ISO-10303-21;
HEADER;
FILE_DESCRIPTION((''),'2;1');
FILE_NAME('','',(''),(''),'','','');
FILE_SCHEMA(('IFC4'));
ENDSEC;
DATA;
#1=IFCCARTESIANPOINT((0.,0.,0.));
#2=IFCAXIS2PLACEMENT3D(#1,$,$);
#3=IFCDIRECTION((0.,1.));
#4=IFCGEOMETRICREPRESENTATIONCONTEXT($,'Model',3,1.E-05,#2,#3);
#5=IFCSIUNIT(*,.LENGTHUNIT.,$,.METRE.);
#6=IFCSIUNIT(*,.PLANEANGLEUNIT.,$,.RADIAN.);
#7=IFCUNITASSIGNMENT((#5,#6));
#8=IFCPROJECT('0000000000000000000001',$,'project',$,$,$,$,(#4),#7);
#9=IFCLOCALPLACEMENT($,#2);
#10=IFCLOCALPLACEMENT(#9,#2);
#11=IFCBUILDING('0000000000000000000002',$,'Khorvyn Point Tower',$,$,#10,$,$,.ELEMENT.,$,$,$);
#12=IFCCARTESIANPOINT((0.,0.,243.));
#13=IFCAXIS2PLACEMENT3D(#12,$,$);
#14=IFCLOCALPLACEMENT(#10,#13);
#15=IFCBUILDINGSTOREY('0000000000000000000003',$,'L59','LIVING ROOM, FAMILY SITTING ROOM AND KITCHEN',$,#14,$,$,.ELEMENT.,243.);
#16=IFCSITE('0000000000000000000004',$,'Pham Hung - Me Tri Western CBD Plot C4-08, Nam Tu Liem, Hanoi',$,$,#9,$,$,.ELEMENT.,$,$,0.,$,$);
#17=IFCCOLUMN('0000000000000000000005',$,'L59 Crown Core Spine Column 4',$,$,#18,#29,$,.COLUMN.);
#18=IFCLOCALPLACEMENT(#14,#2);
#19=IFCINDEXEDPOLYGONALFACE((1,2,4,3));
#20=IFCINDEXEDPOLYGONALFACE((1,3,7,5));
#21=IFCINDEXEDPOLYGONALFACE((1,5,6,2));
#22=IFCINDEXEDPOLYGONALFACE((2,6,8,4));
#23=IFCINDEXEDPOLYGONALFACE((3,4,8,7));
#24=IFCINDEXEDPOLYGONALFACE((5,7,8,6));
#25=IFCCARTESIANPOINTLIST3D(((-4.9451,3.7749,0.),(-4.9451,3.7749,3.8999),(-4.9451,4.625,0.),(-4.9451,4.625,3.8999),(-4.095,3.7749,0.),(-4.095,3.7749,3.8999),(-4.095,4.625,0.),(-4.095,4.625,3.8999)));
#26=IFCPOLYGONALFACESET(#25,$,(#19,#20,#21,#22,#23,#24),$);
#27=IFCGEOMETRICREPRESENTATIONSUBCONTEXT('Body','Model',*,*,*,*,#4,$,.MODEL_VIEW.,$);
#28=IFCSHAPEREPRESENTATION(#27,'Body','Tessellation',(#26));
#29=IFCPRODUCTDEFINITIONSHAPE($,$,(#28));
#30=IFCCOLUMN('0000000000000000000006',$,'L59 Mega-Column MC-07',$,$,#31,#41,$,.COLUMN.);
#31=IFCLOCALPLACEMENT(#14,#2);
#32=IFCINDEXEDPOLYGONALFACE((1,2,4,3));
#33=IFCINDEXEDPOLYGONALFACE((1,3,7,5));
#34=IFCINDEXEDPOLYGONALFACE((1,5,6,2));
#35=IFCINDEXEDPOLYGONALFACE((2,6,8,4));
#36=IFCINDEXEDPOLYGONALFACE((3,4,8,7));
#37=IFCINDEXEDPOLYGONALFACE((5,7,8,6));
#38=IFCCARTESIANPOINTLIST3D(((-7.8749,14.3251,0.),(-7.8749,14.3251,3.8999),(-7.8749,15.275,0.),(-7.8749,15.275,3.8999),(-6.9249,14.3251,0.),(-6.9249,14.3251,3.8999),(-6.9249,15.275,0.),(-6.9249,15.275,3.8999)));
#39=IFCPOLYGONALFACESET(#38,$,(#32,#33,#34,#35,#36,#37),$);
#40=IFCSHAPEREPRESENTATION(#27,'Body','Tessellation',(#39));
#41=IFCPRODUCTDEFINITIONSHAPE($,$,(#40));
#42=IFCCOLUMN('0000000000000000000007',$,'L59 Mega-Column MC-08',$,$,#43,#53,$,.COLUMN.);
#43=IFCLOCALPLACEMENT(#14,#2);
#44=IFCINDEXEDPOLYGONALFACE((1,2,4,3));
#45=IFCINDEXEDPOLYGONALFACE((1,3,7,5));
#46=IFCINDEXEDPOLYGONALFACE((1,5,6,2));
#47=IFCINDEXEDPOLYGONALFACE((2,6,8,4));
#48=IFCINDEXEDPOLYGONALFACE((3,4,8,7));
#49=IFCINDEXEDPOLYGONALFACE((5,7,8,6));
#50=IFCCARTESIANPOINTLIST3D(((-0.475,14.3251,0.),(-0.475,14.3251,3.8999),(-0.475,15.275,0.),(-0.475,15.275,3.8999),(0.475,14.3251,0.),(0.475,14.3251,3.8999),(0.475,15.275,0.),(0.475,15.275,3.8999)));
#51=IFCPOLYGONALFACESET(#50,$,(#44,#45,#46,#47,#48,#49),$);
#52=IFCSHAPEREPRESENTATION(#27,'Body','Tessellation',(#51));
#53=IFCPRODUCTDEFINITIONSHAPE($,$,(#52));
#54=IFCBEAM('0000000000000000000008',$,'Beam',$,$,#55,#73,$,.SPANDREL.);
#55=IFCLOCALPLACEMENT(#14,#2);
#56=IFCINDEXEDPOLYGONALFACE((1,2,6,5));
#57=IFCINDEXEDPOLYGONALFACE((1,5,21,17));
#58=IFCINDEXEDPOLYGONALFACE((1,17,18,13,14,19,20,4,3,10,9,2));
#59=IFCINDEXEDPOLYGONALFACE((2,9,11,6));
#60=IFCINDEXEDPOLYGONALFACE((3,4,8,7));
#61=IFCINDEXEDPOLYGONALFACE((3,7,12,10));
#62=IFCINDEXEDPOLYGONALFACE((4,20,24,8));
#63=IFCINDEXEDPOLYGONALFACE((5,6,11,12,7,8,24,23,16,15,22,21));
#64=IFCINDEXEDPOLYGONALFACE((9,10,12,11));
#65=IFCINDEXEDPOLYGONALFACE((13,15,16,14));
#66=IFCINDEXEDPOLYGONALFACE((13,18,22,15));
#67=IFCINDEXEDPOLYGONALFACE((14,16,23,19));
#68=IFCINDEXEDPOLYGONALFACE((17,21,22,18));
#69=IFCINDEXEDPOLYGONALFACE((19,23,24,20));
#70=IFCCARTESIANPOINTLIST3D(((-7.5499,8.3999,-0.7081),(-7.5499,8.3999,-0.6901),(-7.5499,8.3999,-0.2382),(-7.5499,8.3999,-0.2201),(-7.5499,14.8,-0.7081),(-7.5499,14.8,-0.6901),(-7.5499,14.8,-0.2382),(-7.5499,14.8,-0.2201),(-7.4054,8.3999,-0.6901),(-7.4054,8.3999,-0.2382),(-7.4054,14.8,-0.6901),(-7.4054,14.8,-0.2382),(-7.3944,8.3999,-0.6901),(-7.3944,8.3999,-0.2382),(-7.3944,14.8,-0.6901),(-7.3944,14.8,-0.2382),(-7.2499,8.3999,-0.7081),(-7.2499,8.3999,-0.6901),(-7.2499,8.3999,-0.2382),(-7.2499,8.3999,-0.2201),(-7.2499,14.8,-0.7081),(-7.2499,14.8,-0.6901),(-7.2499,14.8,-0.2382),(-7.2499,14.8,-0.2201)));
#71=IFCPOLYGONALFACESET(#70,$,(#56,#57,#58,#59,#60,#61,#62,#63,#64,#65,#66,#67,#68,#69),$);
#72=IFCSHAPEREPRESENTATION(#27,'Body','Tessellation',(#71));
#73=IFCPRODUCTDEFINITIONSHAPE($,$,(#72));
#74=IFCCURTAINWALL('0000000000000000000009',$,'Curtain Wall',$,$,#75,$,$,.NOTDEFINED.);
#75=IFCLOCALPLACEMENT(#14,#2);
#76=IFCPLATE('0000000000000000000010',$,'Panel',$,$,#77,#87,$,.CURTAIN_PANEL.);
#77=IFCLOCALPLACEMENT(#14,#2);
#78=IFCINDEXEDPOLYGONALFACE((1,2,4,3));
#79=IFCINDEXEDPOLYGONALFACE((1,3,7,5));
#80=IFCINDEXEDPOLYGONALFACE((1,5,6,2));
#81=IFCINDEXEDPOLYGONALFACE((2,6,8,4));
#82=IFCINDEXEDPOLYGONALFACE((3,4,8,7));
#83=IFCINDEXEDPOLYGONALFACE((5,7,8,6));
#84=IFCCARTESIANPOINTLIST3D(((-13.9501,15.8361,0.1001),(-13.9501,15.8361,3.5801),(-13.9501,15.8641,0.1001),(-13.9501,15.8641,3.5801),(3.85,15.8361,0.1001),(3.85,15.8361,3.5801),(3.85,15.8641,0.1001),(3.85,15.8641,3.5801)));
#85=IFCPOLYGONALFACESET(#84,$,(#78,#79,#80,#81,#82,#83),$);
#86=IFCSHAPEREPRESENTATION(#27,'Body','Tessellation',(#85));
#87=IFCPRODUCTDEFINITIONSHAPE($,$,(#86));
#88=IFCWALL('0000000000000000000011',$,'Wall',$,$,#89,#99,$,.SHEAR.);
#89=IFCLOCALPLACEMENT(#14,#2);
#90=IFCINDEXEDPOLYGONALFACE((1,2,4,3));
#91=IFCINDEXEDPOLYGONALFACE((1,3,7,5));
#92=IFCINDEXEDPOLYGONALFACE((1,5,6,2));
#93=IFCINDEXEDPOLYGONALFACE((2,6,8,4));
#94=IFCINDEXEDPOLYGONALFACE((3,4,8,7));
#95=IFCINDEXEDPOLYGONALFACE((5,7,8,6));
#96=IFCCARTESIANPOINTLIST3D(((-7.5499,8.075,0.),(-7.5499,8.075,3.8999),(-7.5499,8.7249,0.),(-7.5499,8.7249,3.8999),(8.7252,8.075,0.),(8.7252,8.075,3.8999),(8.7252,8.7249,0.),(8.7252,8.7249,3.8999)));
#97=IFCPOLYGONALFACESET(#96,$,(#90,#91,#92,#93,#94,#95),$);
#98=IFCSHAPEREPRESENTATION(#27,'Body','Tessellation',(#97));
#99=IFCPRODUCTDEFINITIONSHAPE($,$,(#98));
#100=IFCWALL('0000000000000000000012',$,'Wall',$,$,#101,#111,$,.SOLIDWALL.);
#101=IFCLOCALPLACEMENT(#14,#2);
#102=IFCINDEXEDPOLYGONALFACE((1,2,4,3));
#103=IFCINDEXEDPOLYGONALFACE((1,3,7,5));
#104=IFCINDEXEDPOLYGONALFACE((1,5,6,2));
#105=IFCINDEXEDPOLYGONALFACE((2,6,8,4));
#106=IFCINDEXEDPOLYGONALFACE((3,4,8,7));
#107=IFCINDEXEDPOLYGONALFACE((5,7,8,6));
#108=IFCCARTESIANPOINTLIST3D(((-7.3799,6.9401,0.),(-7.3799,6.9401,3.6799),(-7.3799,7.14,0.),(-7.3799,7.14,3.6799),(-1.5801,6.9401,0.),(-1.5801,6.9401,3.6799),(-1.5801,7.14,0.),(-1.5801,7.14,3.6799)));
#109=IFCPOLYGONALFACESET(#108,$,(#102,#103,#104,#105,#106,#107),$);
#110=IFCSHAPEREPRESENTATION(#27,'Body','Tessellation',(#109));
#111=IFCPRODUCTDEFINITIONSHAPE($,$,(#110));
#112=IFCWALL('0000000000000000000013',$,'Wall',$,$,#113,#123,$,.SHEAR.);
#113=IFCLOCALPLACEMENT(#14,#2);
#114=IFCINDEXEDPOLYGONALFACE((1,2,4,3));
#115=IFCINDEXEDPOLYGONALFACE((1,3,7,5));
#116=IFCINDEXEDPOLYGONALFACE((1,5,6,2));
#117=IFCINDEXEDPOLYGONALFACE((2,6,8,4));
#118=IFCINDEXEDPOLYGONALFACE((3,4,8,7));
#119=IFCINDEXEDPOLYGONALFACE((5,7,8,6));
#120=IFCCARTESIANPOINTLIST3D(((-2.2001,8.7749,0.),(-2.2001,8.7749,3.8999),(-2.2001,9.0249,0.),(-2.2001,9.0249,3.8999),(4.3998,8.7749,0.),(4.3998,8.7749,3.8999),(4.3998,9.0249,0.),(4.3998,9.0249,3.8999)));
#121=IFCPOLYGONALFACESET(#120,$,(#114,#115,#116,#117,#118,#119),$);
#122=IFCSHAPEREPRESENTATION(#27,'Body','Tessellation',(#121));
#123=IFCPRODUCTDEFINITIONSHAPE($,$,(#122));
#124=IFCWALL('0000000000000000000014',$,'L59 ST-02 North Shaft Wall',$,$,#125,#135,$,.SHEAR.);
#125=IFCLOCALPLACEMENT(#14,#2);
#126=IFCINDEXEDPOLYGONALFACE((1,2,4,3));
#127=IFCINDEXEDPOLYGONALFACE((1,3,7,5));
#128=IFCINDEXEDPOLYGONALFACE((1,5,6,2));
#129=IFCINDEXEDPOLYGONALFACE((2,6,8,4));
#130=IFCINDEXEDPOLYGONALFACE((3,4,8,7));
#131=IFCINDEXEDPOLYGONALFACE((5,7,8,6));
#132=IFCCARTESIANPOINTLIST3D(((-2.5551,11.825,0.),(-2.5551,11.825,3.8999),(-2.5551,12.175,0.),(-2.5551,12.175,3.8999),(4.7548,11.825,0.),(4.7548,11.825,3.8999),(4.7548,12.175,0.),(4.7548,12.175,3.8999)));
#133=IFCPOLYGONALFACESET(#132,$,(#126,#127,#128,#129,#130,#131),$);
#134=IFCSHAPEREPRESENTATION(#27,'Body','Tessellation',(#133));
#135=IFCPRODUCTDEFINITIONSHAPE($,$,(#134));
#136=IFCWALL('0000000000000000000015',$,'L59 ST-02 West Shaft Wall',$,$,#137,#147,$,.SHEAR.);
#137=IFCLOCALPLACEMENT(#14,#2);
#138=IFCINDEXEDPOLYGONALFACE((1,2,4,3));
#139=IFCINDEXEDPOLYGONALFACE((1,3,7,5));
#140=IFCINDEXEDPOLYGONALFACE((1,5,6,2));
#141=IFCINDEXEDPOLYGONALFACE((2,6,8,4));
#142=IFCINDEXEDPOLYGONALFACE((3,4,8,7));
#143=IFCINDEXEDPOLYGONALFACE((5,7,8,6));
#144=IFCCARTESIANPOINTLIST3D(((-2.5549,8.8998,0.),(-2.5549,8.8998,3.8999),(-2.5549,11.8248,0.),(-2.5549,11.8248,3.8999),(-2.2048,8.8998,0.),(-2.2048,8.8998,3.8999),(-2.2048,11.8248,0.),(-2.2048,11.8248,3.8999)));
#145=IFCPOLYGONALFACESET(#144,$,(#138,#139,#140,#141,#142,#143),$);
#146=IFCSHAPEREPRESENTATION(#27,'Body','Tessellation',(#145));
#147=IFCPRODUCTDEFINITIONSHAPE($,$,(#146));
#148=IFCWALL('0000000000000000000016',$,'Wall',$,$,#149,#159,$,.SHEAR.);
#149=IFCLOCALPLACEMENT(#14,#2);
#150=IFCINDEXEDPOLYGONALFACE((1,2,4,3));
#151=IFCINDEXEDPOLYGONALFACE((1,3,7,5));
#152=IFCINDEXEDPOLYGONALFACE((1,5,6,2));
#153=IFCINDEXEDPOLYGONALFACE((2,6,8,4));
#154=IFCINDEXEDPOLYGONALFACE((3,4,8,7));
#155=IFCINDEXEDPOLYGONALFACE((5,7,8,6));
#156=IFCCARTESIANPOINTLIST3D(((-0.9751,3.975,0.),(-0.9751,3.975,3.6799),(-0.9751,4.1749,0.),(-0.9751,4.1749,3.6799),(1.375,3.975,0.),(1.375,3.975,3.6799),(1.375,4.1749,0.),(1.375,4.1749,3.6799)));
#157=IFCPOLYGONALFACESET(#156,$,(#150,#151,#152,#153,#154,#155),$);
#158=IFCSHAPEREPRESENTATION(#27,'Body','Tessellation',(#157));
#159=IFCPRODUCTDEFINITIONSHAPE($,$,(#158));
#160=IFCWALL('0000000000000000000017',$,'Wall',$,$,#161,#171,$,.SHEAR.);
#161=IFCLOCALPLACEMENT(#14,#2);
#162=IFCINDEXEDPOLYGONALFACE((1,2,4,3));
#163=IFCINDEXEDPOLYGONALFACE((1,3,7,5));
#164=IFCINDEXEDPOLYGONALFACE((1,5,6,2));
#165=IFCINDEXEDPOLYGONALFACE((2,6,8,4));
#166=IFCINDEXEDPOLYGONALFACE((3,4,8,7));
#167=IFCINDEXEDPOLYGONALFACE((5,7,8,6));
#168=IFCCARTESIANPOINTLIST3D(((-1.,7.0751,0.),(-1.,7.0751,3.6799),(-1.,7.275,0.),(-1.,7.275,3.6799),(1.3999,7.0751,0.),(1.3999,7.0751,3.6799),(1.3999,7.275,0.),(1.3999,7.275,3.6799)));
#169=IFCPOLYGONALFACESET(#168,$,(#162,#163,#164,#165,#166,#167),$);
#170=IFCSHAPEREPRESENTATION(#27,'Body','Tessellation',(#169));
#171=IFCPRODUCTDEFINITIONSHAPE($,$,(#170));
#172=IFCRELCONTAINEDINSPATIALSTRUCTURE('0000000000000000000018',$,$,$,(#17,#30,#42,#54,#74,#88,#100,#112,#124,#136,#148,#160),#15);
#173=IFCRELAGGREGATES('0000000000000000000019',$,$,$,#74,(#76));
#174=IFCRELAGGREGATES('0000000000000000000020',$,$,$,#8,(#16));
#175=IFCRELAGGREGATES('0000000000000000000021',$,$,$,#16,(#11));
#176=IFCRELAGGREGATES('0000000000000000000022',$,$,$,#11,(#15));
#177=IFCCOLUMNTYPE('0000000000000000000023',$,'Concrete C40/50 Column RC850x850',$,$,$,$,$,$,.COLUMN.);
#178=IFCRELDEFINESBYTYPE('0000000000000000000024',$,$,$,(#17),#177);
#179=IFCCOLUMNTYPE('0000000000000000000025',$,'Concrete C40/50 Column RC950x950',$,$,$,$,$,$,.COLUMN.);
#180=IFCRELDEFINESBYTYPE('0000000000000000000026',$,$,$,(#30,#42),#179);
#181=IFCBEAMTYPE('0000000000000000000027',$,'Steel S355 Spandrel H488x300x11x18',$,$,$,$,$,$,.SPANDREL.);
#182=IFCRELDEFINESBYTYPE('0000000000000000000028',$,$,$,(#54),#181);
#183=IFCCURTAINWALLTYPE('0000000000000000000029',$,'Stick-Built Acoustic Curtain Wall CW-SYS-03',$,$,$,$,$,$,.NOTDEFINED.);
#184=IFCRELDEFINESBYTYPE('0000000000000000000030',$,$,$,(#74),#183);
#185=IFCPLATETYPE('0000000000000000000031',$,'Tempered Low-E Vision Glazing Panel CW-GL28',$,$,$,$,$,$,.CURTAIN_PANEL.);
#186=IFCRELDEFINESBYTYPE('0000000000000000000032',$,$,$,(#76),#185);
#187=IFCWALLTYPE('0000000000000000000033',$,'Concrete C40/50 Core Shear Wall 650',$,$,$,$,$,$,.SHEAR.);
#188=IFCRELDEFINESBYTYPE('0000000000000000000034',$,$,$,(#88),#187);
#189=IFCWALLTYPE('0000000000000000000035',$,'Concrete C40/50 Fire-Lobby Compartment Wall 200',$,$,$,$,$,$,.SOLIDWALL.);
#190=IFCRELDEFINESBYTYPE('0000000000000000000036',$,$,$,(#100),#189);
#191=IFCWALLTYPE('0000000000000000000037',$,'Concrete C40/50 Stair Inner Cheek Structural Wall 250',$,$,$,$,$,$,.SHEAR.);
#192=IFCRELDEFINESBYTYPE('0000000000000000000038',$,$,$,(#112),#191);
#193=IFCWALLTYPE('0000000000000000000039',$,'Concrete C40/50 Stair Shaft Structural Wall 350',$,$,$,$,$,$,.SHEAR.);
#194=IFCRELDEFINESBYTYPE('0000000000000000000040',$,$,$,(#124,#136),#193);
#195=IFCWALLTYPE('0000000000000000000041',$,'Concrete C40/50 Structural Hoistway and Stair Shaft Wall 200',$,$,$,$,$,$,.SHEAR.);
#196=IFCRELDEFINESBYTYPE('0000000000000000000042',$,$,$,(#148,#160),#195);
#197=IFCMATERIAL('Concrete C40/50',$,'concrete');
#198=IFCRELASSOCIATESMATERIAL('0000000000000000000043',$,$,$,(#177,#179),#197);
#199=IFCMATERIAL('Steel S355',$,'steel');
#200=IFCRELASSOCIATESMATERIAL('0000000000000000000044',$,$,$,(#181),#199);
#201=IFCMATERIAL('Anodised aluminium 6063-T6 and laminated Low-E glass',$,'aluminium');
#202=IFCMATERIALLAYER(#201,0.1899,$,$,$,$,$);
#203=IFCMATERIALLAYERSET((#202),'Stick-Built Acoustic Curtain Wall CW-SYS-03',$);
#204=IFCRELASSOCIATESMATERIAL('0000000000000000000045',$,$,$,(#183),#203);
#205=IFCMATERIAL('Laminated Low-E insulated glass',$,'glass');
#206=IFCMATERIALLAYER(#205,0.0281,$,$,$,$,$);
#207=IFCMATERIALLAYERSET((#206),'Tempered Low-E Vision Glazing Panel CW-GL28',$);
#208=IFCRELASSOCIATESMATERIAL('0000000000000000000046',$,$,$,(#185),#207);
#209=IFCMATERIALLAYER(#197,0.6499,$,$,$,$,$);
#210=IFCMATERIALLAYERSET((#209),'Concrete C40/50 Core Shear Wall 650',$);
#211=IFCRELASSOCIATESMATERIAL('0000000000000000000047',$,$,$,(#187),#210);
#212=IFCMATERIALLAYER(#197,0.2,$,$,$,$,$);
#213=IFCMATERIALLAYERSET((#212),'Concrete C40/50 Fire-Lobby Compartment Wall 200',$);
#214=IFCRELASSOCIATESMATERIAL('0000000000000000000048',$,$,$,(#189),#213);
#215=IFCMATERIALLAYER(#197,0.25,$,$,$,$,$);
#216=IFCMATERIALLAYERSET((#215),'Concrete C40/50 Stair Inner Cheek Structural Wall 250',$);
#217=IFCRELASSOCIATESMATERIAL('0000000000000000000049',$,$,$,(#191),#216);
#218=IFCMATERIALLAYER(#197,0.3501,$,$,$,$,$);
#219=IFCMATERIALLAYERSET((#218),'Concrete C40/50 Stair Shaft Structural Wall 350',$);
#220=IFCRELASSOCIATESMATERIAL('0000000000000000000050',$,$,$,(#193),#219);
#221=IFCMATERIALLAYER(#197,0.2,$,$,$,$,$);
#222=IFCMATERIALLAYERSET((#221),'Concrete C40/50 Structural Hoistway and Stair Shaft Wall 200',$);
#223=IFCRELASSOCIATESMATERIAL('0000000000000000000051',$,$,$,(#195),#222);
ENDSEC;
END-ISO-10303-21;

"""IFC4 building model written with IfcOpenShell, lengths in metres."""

from ifc_helpers import new_model, si_unit, direction, frame, frame_2d, origin, origin_2d, place, context, subcontext, project, spatial, rectangle, i_section, extrude, material, layer, layer_set, material_profile, profile_set, type_object, element, aggregate, save


model = new_model("IFC4")

# Units and contexts
model_context = context("Model", 3, precision=1e-05, world=origin(), true_north=direction((0.0, 1.0)))
body_context = subcontext(model_context, "Body", "Model", "MODEL_VIEW")
ifc_project = project(units=[si_unit("LENGTHUNIT", "METRE"), si_unit("PLANEANGLEUNIT", "RADIAN")], contexts=[model_context])

# Site, building, storey
site_placement = place(None, origin())
site = spatial("IfcSite", under=ifc_project, at=site_placement, Name="Pham Hung - Me Tri Western CBD Plot C4-08, Nam Tu Liem, Hanoi", CompositionType="ELEMENT", RefElevation=0.0)
building_placement = place(site_placement, origin())
building = spatial("IfcBuilding", under=site, at=building_placement, Name="Khorvyn Point Tower", CompositionType="ELEMENT")
storey_placement = place(building_placement, frame((0.0, 0.0, 243.0)))
storey = spatial("IfcBuildingStorey", under=building, at=storey_placement, Name="L59", Description="LIVING ROOM, FAMILY SITTING ROOM AND KITCHEN", CompositionType="ELEMENT", Elevation=243.0)

# Columns
ifc_material_1 = material(Name="Concrete C40/50", Category="concrete")
ifc_material_profile_1 = material_profile(ifc_material_1, rectangle(XDim=0.8501, YDim=0.8501, at=origin_2d()))
ifc_profile_set_1 = profile_set([ifc_material_profile_1], Name="Concrete C40/50 RC850x850")
column_type_1 = type_object("IfcColumnType", Name="Concrete C40/50 Column RC850x850", PredefinedType="COLUMN", material=ifc_profile_set_1)
column_placement = place(storey_placement, frame((-4.52, 4.2, 0.0), z_axis=(0.0, 0.0, 1.0), x_axis=(1.0, 0.0, 0.0)))
element("IfcColumn", 1, at=column_placement, inside=storey, type_object=column_type_1, Name="L59 Crown Core Spine Column 4", PredefinedType="COLUMN", context=body_context, shape_type="SweptSolid", body=[
    extrude(rectangle(XDim=0.8501, YDim=0.8501, at=origin_2d()), origin(), (0.0, 0.0, 1.0), 3.8999),
])
ifc_material_profile_2 = material_profile(ifc_material_1, rectangle(XDim=0.95, YDim=0.95, at=origin_2d()))
ifc_profile_set_2 = profile_set([ifc_material_profile_2], Name="Concrete C40/50 RC950x950")
column_type_2 = type_object("IfcColumnType", Name="Concrete C40/50 Column RC950x950", PredefinedType="COLUMN", material=ifc_profile_set_2)
for number, where, z_axis, x_axis, name in (
    (2, (-7.3999, 14.8, 0.0), (0.0, 0.0, 1.0), (1.0, 0.0, 0.0), "L59 Mega-Column MC-07"),
    (3, (0.0, 14.8, 0.0), (0.0, 0.0, 1.0), (1.0, 0.0, 0.0), "L59 Mega-Column MC-08"),
):
    element("IfcColumn", number, at=place(storey_placement, frame(where, z_axis=z_axis, x_axis=x_axis)), inside=storey, type_object=column_type_2, Name=name, PredefinedType="COLUMN", context=body_context, shape_type="SweptSolid", body=[
        extrude(rectangle(XDim=0.95, YDim=0.95, at=origin_2d()), origin(), (0.0, 0.0, 1.0), 3.8999),
    ])

# Beam
ifc_material_2 = material(Name="Steel S355", Category="steel")
ifc_material_profile_3 = material_profile(ifc_material_2, i_section(OverallWidth=0.3, OverallDepth=0.488, WebThickness=0.011, FlangeThickness=0.0181, at=origin_2d()))
ifc_profile_set_3 = profile_set([ifc_material_profile_3], Name="Steel S355 H488x300x11x18")
beam_type = type_object("IfcBeamType", Name="Steel S355 Spandrel H488x300x11x18", PredefinedType="SPANDREL", material=ifc_profile_set_3)
beam_placement = place(storey_placement, frame((-7.3999, 8.3999, -0.4641), z_axis=(0.0, 1.0, 0.0), x_axis=(-1.0, 0.0, 0.0)))
element("IfcBeam", 4, at=beam_placement, inside=storey, type_object=beam_type, Name="Beam", PredefinedType="SPANDREL", context=body_context, shape_type="SweptSolid", body=[
    extrude(i_section(OverallWidth=0.3, OverallDepth=0.488, WebThickness=0.011, FlangeThickness=0.0181, at=origin_2d()), origin(), (0.0, 0.0, 1.0), 6.4001),
])

# Curtain wall, plate
ifc_material_3 = material(Name="Anodised aluminium 6063-T6 and laminated Low-E glass", Category="aluminium")
ifc_layer_1 = layer(ifc_material_3, 0.1899)
ifc_layer_set_1 = layer_set([ifc_layer_1], Name="Stick-Built Acoustic Curtain Wall CW-SYS-03")
curtain_wall_type = type_object("IfcCurtainWallType", Name="Stick-Built Acoustic Curtain Wall CW-SYS-03", PredefinedType="NOTDEFINED", material=ifc_layer_set_1)
curtain_wall_placement = place(storey_placement, origin())
curtain_wall = element("IfcCurtainWall", 5, at=curtain_wall_placement, inside=storey, type_object=curtain_wall_type, Name="Curtain Wall", PredefinedType="NOTDEFINED")
ifc_material_4 = material(Name="Laminated Low-E insulated glass", Category="glass")
ifc_layer_2 = layer(ifc_material_4, 0.0281)
ifc_layer_set_2 = layer_set([ifc_layer_2], Name="Tempered Low-E Vision Glazing Panel CW-GL28")
plate_type = type_object("IfcPlateType", Name="Tempered Low-E Vision Glazing Panel CW-GL28", PredefinedType="CURTAIN_PANEL", material=ifc_layer_set_2)
plate_placement = place(storey_placement, frame((-5.05, 15.8501, 0.1001), z_axis=(0.0, 0.0, 1.0), x_axis=(1.0, 0.0, 0.0)))
plate = element("IfcPlate", 6, at=plate_placement, type_object=plate_type, Name="Panel", PredefinedType="CURTAIN_PANEL", context=body_context, shape_type="SweptSolid", body=[
    extrude(rectangle(XDim=17.8, YDim=0.0281, at=origin_2d()), origin(), (0.0, 0.0, 1.0), 3.48),
])
aggregate(curtain_wall, [plate])

# Walls
ifc_layer_3 = layer(ifc_material_1, 0.6499)
ifc_layer_set_3 = layer_set([ifc_layer_3], Name="Concrete C40/50 Core Shear Wall 650")
wall_type_1 = type_object("IfcWallType", Name="Concrete C40/50 Core Shear Wall 650", PredefinedType="SHEAR", material=ifc_layer_set_3)
wall_1_placement = place(storey_placement, frame((-7.55, 8.3999, 0.0), z_axis=(0.0, 0.0, 1.0), x_axis=(1.0, 0.0, 0.0)))
element("IfcWall", 7, at=wall_1_placement, inside=storey, type_object=wall_type_1, Name="Wall", PredefinedType="SHEAR", context=body_context, shape_type="SweptSolid", body=[
    extrude(rectangle(XDim=16.2751, YDim=0.6499, at=frame_2d((8.1377, 0.0))), origin(), (0.0, 0.0, 1.0), 3.8999),
])
ifc_layer_4 = layer(ifc_material_1, 0.2)
ifc_layer_set_4 = layer_set([ifc_layer_4], Name="Concrete C40/50 Fire-Lobby Compartment Wall 200")
wall_type_2 = type_object("IfcWallType", Name="Concrete C40/50 Fire-Lobby Compartment Wall 200", PredefinedType="SOLIDWALL", material=ifc_layer_set_4)
wall_2_placement = place(storey_placement, frame((-7.3799, 7.04, 0.0), z_axis=(0.0, 0.0, 1.0), x_axis=(1.0, 0.0, 0.0)))
element("IfcWall", 8, at=wall_2_placement, inside=storey, type_object=wall_type_2, Name="Wall", PredefinedType="SOLIDWALL", context=body_context, shape_type="SweptSolid", body=[
    extrude(rectangle(XDim=5.7998, YDim=0.2, at=frame_2d((2.8999, 0.0))), origin(), (0.0, 0.0, 1.0), 3.6799),
])
ifc_layer_5 = layer(ifc_material_1, 0.25)
ifc_layer_set_5 = layer_set([ifc_layer_5], Name="Concrete C40/50 Stair Inner Cheek Structural Wall 250")
wall_type_3 = type_object("IfcWallType", Name="Concrete C40/50 Stair Inner Cheek Structural Wall 250", PredefinedType="SHEAR", material=ifc_layer_set_5)
wall_3_placement = place(storey_placement, frame((-2.2, 8.8999, 0.0), z_axis=(0.0, 0.0, 1.0), x_axis=(1.0, 0.0, 0.0)))
element("IfcWall", 9, at=wall_3_placement, inside=storey, type_object=wall_type_3, Name="Wall", PredefinedType="SHEAR", context=body_context, shape_type="SweptSolid", body=[
    extrude(rectangle(XDim=6.5999, YDim=0.25, at=frame_2d((3.2998, 0.0))), origin(), (0.0, 0.0, 1.0), 3.8999),
])
ifc_layer_6 = layer(ifc_material_1, 0.3501)
ifc_layer_set_6 = layer_set([ifc_layer_6], Name="Concrete C40/50 Stair Shaft Structural Wall 350")
wall_type_4 = type_object("IfcWallType", Name="Concrete C40/50 Stair Shaft Structural Wall 350", PredefinedType="SHEAR", material=ifc_layer_set_6)
wall_4_placement = place(storey_placement, frame((-2.5549, 12.0, 0.0), z_axis=(0.0, 0.0, 1.0), x_axis=(1.0, 0.0, 0.0)))
element("IfcWall", 10, at=wall_4_placement, inside=storey, type_object=wall_type_4, Name="L59 ST-02 North Shaft Wall", PredefinedType="SHEAR", context=body_context, shape_type="SweptSolid", body=[
    extrude(rectangle(XDim=7.3098, YDim=0.3501, at=frame_2d((3.6548, 0.0))), origin(), (0.0, 0.0, 1.0), 3.8999),
])
wall_5_placement = place(storey_placement, frame((-2.3799, 8.8999, 0.0), z_axis=(0.0, 0.0, 1.0), x_axis=(0.0, 1.0, 0.0)))
element("IfcWall", 11, at=wall_5_placement, inside=storey, type_object=wall_type_4, Name="L59 ST-02 West Shaft Wall", PredefinedType="SHEAR", context=body_context, shape_type="SweptSolid", body=[
    extrude(rectangle(XDim=2.925, YDim=0.3501, at=frame_2d((1.4624, 0.0))), origin(), (0.0, 0.0, 1.0), 3.8999),
])
ifc_layer_7 = layer(ifc_material_1, 0.2)
ifc_layer_set_7 = layer_set([ifc_layer_7], Name="Concrete C40/50 Structural Hoistway and Stair Shaft Wall 200")
wall_type_5 = type_object("IfcWallType", Name="Concrete C40/50 Structural Hoistway and Stair Shaft Wall 200", PredefinedType="SHEAR", material=ifc_layer_set_7)
wall_6_placement = place(storey_placement, frame((-0.9751, 4.075, 0.0), z_axis=(0.0, 0.0, 1.0), x_axis=(1.0, 0.0, 0.0)))
element("IfcWall", 12, at=wall_6_placement, inside=storey, type_object=wall_type_5, Name="Wall", PredefinedType="SHEAR", context=body_context, shape_type="SweptSolid", body=[
    extrude(rectangle(XDim=2.3501, YDim=0.2, at=frame_2d((1.175, 0.0))), origin(), (0.0, 0.0, 1.0), 3.6799),
])
wall_7_placement = place(storey_placement, frame((-1.0, 7.175, 0.0), z_axis=(0.0, 0.0, 1.0), x_axis=(1.0, 0.0, 0.0)))
element("IfcWall", 13, at=wall_7_placement, inside=storey, type_object=wall_type_5, Name="Wall", PredefinedType="SHEAR", context=body_context, shape_type="SweptSolid", body=[
    extrude(rectangle(XDim=2.3999, YDim=0.2, at=frame_2d((1.2, 0.0))), origin(), (0.0, 0.0, 1.0), 3.6799),
])

save(model, "model.ifc")
